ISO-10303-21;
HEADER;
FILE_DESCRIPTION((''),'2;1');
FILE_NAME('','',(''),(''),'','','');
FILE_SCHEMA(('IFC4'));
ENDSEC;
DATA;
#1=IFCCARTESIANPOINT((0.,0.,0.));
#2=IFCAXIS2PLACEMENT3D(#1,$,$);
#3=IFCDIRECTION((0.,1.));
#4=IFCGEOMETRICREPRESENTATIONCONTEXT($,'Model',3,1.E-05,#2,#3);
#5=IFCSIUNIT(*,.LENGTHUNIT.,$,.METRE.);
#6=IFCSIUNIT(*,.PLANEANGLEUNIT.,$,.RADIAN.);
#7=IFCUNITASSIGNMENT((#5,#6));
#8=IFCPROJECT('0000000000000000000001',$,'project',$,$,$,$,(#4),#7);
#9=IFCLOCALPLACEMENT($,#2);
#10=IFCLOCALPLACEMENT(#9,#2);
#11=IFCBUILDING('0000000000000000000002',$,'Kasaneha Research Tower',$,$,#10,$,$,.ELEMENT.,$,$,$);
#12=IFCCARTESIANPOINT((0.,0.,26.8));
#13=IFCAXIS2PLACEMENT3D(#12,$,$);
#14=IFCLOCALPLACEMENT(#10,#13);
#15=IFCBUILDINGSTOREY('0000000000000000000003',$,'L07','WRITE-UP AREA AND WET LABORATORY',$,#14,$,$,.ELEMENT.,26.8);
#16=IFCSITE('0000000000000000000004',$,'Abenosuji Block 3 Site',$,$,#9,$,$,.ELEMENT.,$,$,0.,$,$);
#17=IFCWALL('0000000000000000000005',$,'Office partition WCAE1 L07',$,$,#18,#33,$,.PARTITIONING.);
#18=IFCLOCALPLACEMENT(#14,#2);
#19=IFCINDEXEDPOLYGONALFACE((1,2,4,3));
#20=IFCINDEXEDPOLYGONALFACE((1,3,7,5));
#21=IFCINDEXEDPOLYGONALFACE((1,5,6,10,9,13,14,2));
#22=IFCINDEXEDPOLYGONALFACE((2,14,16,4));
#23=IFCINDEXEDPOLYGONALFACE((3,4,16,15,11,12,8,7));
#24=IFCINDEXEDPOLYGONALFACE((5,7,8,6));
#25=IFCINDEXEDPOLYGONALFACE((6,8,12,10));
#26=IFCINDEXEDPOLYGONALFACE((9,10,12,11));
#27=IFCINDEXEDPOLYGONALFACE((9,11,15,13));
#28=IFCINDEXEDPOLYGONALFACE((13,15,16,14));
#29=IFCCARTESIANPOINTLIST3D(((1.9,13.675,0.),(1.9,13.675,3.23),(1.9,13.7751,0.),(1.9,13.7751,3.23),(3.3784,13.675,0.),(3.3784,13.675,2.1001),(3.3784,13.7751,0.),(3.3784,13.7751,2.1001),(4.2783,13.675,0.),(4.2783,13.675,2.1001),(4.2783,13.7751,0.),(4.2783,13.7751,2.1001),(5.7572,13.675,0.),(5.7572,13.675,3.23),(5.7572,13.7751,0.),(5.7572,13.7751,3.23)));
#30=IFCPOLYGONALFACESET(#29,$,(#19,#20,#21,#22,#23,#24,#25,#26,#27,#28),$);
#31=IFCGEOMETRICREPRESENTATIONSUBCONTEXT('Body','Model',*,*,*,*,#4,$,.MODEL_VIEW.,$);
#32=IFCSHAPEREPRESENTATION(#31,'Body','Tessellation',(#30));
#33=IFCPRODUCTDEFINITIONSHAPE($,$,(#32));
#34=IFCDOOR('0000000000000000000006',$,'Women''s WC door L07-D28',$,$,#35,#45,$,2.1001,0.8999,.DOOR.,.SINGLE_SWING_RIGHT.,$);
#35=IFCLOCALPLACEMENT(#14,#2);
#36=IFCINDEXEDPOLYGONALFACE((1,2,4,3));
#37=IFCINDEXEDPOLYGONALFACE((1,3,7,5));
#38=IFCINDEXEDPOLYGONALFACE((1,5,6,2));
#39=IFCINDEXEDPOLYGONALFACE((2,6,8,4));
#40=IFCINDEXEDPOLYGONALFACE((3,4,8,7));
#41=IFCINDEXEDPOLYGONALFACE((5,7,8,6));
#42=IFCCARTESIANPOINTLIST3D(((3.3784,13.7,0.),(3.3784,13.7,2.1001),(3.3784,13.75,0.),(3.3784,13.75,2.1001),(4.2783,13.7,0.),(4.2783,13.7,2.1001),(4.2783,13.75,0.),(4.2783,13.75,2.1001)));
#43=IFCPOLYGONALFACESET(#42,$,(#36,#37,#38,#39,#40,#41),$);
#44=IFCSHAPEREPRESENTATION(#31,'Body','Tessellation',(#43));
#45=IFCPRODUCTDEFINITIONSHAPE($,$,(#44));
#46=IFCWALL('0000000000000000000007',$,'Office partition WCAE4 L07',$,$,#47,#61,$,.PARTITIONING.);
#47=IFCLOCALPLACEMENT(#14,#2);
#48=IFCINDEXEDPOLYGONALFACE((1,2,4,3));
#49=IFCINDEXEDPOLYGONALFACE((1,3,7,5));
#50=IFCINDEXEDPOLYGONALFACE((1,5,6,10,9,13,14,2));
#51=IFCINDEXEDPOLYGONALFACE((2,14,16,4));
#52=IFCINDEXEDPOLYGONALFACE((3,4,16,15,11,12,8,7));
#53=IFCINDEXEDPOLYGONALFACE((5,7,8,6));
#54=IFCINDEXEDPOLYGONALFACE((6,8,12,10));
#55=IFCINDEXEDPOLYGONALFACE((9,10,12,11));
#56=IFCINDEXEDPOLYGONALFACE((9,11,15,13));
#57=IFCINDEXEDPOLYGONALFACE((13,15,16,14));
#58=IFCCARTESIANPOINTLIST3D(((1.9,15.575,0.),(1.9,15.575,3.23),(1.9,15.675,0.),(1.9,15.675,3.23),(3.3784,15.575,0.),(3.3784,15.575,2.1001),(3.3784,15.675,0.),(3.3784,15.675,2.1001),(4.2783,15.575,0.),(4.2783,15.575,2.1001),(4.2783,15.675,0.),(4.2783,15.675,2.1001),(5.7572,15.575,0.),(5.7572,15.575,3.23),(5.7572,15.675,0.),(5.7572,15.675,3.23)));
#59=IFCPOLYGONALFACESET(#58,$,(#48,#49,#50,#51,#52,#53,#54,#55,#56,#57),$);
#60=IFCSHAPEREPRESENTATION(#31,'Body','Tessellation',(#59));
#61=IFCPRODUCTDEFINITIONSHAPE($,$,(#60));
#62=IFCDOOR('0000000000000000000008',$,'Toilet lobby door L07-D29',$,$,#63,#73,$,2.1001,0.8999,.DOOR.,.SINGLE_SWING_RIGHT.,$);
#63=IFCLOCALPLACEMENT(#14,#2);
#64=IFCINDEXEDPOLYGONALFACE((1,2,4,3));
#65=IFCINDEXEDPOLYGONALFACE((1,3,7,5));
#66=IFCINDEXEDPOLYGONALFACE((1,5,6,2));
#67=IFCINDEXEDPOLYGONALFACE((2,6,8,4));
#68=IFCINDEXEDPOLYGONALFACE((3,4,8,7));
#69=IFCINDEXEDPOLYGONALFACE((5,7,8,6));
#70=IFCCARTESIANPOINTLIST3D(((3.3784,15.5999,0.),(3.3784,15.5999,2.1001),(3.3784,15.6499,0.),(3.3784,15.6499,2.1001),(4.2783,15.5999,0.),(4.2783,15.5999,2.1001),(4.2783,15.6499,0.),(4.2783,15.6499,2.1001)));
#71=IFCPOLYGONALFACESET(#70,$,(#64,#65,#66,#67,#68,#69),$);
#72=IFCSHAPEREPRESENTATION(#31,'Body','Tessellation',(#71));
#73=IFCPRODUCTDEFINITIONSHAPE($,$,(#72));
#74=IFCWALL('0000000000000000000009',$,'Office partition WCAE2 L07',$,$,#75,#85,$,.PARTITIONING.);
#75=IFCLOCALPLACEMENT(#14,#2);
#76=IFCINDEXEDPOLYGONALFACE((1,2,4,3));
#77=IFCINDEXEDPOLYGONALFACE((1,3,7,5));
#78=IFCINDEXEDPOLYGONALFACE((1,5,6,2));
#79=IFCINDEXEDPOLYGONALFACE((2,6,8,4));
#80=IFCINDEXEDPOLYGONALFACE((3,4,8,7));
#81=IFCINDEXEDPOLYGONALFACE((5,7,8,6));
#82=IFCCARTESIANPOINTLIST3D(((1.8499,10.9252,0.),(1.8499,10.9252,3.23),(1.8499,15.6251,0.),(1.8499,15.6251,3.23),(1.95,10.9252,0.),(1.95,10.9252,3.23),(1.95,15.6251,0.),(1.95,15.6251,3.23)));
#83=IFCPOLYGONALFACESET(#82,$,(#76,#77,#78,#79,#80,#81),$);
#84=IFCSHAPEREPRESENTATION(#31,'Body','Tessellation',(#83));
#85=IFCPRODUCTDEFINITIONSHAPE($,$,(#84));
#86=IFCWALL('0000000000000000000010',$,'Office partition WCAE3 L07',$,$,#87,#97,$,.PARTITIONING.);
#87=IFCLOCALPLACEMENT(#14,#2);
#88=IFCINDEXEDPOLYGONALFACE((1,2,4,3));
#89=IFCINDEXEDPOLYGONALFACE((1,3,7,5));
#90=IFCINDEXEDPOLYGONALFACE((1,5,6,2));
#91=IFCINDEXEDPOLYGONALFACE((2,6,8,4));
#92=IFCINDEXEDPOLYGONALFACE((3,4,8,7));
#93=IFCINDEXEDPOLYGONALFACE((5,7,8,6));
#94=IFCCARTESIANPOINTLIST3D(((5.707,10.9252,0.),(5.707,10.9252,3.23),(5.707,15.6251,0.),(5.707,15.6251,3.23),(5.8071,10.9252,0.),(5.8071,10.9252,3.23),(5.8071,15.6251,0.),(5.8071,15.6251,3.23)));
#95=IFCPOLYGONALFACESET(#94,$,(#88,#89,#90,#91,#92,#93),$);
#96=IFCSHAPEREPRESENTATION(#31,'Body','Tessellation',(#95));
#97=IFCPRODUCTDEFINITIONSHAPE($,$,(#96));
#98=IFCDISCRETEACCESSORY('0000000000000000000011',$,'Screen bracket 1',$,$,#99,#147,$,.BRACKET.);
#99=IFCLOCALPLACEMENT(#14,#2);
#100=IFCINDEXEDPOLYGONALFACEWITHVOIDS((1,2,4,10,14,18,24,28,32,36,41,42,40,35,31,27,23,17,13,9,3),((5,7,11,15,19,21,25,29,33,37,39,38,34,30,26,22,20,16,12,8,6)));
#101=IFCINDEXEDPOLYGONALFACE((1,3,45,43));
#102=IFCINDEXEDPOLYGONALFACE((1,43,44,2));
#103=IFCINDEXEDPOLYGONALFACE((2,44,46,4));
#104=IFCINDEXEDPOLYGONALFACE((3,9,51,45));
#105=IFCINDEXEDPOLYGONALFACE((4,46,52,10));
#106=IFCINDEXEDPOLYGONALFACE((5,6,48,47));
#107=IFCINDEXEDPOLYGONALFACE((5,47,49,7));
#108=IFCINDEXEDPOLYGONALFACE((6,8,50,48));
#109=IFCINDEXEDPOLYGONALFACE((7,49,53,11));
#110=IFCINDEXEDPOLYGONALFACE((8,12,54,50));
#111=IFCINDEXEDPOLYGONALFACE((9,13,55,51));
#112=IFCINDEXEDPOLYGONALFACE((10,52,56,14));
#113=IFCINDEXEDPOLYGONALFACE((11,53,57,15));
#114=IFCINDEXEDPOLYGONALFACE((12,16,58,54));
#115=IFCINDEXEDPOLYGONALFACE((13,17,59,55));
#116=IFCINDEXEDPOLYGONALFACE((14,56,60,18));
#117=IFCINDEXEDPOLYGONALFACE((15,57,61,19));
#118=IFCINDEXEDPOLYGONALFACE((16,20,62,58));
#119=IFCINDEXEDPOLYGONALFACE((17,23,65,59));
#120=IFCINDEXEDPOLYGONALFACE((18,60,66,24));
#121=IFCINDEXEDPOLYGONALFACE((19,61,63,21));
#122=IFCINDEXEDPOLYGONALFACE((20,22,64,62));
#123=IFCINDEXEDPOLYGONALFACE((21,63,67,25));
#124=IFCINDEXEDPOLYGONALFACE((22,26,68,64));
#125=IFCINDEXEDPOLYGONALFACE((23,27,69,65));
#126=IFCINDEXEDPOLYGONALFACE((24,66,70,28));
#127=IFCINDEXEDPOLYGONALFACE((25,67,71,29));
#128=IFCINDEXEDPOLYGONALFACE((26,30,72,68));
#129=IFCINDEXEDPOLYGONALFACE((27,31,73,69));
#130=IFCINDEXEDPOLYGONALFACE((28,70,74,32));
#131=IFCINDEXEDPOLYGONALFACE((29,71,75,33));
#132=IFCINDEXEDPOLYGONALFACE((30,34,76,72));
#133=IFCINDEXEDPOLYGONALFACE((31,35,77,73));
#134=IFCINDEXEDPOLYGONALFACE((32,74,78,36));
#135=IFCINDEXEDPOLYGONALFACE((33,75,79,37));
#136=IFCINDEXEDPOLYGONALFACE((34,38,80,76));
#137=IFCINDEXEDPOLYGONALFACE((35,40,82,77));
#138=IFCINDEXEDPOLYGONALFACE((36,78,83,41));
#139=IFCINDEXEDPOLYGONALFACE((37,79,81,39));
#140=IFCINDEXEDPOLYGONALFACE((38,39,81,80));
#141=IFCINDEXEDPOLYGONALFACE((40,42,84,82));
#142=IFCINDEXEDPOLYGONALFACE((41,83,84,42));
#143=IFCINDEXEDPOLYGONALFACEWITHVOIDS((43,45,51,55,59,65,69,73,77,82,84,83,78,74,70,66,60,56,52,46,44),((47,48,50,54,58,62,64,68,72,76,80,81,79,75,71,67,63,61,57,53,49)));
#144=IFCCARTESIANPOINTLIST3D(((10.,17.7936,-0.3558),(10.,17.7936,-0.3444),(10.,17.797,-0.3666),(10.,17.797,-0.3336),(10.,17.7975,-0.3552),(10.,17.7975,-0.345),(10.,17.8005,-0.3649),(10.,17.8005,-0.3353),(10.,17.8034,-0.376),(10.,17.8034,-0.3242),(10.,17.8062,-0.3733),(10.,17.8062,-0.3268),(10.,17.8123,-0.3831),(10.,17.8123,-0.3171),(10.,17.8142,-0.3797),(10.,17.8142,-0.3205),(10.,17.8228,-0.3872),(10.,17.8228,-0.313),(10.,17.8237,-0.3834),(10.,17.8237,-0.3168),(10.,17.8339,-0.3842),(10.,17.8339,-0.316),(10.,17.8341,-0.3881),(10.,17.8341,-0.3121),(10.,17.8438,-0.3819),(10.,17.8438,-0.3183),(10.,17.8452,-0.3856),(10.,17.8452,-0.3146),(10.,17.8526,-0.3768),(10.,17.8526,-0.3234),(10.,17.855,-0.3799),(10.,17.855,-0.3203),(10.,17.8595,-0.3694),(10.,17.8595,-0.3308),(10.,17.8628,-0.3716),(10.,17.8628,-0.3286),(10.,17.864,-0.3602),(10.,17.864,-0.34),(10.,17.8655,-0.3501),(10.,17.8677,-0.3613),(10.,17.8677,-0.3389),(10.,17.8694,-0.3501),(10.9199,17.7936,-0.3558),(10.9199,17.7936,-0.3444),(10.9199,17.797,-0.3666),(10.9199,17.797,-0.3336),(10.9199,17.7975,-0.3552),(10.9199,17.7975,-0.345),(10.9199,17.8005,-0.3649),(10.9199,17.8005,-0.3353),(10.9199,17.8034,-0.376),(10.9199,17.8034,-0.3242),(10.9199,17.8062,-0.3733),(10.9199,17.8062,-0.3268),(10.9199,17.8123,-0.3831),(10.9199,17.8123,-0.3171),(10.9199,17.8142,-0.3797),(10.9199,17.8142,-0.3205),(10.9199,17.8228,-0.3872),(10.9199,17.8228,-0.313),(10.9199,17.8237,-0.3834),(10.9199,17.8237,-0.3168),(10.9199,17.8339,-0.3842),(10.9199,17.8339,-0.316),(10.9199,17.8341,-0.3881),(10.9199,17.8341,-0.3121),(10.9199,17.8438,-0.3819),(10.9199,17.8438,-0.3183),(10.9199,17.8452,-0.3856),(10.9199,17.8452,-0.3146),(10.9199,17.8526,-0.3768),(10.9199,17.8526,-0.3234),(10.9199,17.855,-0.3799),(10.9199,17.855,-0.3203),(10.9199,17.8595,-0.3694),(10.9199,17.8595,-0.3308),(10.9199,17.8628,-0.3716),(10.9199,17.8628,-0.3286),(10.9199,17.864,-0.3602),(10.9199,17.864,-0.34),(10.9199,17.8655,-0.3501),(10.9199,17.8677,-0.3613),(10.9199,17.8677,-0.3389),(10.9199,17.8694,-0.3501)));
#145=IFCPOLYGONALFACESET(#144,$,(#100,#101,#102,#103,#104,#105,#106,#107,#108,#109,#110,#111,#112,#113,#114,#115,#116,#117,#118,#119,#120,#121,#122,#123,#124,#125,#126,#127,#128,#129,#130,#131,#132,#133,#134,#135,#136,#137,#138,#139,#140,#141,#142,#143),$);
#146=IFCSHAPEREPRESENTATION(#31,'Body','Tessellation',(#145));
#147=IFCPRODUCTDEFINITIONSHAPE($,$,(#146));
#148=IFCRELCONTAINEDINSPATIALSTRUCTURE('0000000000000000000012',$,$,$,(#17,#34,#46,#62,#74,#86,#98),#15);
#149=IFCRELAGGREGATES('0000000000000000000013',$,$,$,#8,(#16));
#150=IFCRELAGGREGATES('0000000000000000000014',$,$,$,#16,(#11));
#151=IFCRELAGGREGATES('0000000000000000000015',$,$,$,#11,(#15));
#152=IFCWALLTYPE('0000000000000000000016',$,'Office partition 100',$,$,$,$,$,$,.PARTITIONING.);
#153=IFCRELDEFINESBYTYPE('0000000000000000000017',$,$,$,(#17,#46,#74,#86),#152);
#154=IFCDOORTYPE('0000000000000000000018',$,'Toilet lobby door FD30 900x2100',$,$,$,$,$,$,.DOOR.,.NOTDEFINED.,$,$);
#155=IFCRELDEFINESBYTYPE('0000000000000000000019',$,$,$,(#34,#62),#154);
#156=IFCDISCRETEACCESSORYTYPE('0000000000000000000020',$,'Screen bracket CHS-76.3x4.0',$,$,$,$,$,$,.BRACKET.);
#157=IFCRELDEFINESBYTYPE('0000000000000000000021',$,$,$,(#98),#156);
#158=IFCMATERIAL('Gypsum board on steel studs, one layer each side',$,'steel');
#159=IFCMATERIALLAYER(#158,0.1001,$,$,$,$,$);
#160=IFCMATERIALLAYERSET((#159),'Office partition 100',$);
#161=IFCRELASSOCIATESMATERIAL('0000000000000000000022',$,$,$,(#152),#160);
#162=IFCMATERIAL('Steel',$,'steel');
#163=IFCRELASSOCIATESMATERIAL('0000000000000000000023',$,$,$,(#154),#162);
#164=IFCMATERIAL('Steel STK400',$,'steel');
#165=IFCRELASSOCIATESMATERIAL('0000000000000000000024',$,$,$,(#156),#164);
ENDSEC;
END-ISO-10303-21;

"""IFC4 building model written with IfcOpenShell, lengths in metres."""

from ifc_helpers import new_model, si_unit, direction, frame, frame_2d, origin, origin_2d, place, context, subcontext, project, spatial, rectangle, hollow_circle, extrude, material, layer, layer_set, material_profile, profile_set, type_object, element, fill, save


model = new_model("IFC4")

# Units and contexts
model_context = context("Model", 3, precision=1e-05, world=origin(), true_north=direction((0.0, 1.0)))
body_context = subcontext(model_context, "Body", "Model", "MODEL_VIEW")
ifc_project = project(units=[si_unit("LENGTHUNIT", "METRE"), si_unit("PLANEANGLEUNIT", "RADIAN")], contexts=[model_context])

# Site, building, storey
site_placement = place(None, origin())
site = spatial("IfcSite", under=ifc_project, at=site_placement, Name="Abenosuji Block 3 Site", CompositionType="ELEMENT", RefElevation=0.0)
building_placement = place(site_placement, origin())
building = spatial("IfcBuilding", under=site, at=building_placement, Name="Kasaneha Research Tower", CompositionType="ELEMENT")
storey_placement = place(building_placement, frame((0.0, 0.0, 26.8)))
storey = spatial("IfcBuildingStorey", under=building, at=storey_placement, Name="L07", Description="WRITE-UP AREA AND WET LABORATORY", CompositionType="ELEMENT", Elevation=26.8)

# Walls, openings, doors
ifc_material_1 = material(Name="Gypsum board on steel studs, one layer each side", Category="steel")
ifc_layer_1 = layer(ifc_material_1, 0.1001)
ifc_layer_set_1 = layer_set([ifc_layer_1], Name="Office partition 100")
wall_type_1 = type_object("IfcWallType", Name="Office partition 100", PredefinedType="PARTITIONING", material=ifc_layer_set_1)
wall_1_placement = place(storey_placement, frame((1.8999, 13.7251, 0.0), z_axis=(0.0, 0.0, 1.0), x_axis=(1.0, 0.0, 0.0)))
wall_1 = element("IfcWall", 1, at=wall_1_placement, inside=storey, type_object=wall_type_1, Name="Office partition WCAE1 L07", PredefinedType="PARTITIONING", context=body_context, shape_type="SweptSolid", body=[
    extrude(rectangle(XDim=3.8572, YDim=0.1001, at=frame_2d((1.9287, 0.0))), origin(), (0.0, 0.0, 1.0), 3.23),
])
opening_1_placement = place(wall_1_placement, frame((1.4785, 0.0, 0.0)))
opening_1 = element("IfcOpeningElement", 2, at=opening_1_placement, cuts=wall_1, PredefinedType="OPENING", context=body_context, shape_type="SweptSolid", body=[
    extrude(rectangle(XDim=0.8999, YDim=2.1001, at=frame_2d((0.45, 1.05))), frame((0.0, 0.0601, 0.0), z_axis=(0.0, -1.0, 0.0), x_axis=(1.0, 0.0, 0.0)), (0.0, 0.0, 1.0), 0.1201),
])
ifc_material_2 = material(Name="Steel", Category="steel")
door_type_1 = type_object("IfcDoorType", Name="Toilet lobby door FD30 900x2100", OperationType="NOTDEFINED", PredefinedType="DOOR", material=ifc_material_2)
door_1_placement = place(opening_1_placement, origin())
door_1 = element("IfcDoor", 3, at=door_1_placement, inside=storey, type_object=door_type_1, Name="Women's WC door L07-D28", OperationType="SINGLE_SWING_RIGHT", OverallHeight=2.1001, OverallWidth=0.8999, PredefinedType="DOOR", context=body_context, shape_type="SweptSolid", body=[
    extrude(rectangle(XDim=0.8999, YDim=2.1001, at=frame_2d((0.45, 1.05))), frame((0.0, 0.0249, 0.0), z_axis=(0.0, -1.0, 0.0), x_axis=(1.0, 0.0, 0.0)), (0.0, 0.0, 1.0), 0.05),
])
fill(opening_1, door_1)
wall_2_placement = place(storey_placement, frame((1.8999, 15.625, 0.0), z_axis=(0.0, 0.0, 1.0), x_axis=(1.0, 0.0, 0.0)))
wall_2 = element("IfcWall", 4, at=wall_2_placement, inside=storey, type_object=wall_type_1, Name="Office partition WCAE4 L07", PredefinedType="PARTITIONING", context=body_context, shape_type="SweptSolid", body=[
    extrude(rectangle(XDim=3.8572, YDim=0.1001, at=frame_2d((1.9287, 0.0))), origin(), (0.0, 0.0, 1.0), 3.23),
])
opening_2_placement = place(wall_2_placement, frame((1.4785, 0.0, 0.0)))
opening_2 = element("IfcOpeningElement", 5, at=opening_2_placement, cuts=wall_2, PredefinedType="OPENING", context=body_context, shape_type="SweptSolid", body=[
    extrude(rectangle(XDim=0.8999, YDim=2.1001, at=frame_2d((0.45, 1.05))), frame((0.0, 0.0601, 0.0), z_axis=(0.0, -1.0, 0.0), x_axis=(1.0, 0.0, 0.0)), (0.0, 0.0, 1.0), 0.1201),
])
door_2_placement = place(opening_2_placement, origin())
door_2 = element("IfcDoor", 6, at=door_2_placement, inside=storey, type_object=door_type_1, Name="Toilet lobby door L07-D29", OperationType="SINGLE_SWING_RIGHT", OverallHeight=2.1001, OverallWidth=0.8999, PredefinedType="DOOR", context=body_context, shape_type="SweptSolid", body=[
    extrude(rectangle(XDim=0.8999, YDim=2.1001, at=frame_2d((0.45, 1.05))), frame((0.0, 0.0249, 0.0), z_axis=(0.0, -1.0, 0.0), x_axis=(1.0, 0.0, 0.0)), (0.0, 0.0, 1.0), 0.05),
])
fill(opening_2, door_2)

# Walls
for number, where, z_axis, x_axis, name in (
    (7, (1.8999, 10.925, 0.0), (0.0, 0.0, 1.0), (0.0, 1.0, 0.0), "Office partition WCAE2 L07"),
    (8, (5.7571, 10.925, 0.0), (0.0, 0.0, 1.0), (0.0, 1.0, 0.0), "Office partition WCAE3 L07"),
):
    element("IfcWall", number, at=place(storey_placement, frame(where, z_axis=z_axis, x_axis=x_axis)), inside=storey, type_object=wall_type_1, Name=name, PredefinedType="PARTITIONING", context=body_context, shape_type="SweptSolid", body=[
        extrude(rectangle(XDim=4.7, YDim=0.1001, at=frame_2d((2.3501, 0.0))), origin(), (0.0, 0.0, 1.0), 3.23),
    ])

# Discrete accessory
ifc_material_3 = material(Name="Steel STK400", Category="steel")
ifc_material_profile_1 = material_profile(ifc_material_3, hollow_circle(Radius=0.0381, WallThickness=0.0039, at=origin_2d()), Name="CHS-76.3x4.0")
ifc_profile_set_1 = profile_set([ifc_material_profile_1], Name="Steel STK400")
discrete_accessory_type = type_object("IfcDiscreteAccessoryType", Name="Screen bracket CHS-76.3x4.0", PredefinedType="BRACKET", material=ifc_profile_set_1)
discrete_accessory_placement = place(storey_placement, frame((10.0, 17.8313, -0.3501), z_axis=(1.0, 0.0, 0.0), x_axis=(0.0, 1.0, 0.0)))
element("IfcDiscreteAccessory", 9, at=discrete_accessory_placement, inside=storey, type_object=discrete_accessory_type, Name="Screen bracket 1", PredefinedType="BRACKET", context=body_context, shape_type="SweptSolid", body=[
    extrude(hollow_circle(Radius=0.0381, WallThickness=0.0039, at=origin_2d()), origin(), (0.0, 0.0, 1.0), 0.9199),
])

save(model, "model.ifc")
